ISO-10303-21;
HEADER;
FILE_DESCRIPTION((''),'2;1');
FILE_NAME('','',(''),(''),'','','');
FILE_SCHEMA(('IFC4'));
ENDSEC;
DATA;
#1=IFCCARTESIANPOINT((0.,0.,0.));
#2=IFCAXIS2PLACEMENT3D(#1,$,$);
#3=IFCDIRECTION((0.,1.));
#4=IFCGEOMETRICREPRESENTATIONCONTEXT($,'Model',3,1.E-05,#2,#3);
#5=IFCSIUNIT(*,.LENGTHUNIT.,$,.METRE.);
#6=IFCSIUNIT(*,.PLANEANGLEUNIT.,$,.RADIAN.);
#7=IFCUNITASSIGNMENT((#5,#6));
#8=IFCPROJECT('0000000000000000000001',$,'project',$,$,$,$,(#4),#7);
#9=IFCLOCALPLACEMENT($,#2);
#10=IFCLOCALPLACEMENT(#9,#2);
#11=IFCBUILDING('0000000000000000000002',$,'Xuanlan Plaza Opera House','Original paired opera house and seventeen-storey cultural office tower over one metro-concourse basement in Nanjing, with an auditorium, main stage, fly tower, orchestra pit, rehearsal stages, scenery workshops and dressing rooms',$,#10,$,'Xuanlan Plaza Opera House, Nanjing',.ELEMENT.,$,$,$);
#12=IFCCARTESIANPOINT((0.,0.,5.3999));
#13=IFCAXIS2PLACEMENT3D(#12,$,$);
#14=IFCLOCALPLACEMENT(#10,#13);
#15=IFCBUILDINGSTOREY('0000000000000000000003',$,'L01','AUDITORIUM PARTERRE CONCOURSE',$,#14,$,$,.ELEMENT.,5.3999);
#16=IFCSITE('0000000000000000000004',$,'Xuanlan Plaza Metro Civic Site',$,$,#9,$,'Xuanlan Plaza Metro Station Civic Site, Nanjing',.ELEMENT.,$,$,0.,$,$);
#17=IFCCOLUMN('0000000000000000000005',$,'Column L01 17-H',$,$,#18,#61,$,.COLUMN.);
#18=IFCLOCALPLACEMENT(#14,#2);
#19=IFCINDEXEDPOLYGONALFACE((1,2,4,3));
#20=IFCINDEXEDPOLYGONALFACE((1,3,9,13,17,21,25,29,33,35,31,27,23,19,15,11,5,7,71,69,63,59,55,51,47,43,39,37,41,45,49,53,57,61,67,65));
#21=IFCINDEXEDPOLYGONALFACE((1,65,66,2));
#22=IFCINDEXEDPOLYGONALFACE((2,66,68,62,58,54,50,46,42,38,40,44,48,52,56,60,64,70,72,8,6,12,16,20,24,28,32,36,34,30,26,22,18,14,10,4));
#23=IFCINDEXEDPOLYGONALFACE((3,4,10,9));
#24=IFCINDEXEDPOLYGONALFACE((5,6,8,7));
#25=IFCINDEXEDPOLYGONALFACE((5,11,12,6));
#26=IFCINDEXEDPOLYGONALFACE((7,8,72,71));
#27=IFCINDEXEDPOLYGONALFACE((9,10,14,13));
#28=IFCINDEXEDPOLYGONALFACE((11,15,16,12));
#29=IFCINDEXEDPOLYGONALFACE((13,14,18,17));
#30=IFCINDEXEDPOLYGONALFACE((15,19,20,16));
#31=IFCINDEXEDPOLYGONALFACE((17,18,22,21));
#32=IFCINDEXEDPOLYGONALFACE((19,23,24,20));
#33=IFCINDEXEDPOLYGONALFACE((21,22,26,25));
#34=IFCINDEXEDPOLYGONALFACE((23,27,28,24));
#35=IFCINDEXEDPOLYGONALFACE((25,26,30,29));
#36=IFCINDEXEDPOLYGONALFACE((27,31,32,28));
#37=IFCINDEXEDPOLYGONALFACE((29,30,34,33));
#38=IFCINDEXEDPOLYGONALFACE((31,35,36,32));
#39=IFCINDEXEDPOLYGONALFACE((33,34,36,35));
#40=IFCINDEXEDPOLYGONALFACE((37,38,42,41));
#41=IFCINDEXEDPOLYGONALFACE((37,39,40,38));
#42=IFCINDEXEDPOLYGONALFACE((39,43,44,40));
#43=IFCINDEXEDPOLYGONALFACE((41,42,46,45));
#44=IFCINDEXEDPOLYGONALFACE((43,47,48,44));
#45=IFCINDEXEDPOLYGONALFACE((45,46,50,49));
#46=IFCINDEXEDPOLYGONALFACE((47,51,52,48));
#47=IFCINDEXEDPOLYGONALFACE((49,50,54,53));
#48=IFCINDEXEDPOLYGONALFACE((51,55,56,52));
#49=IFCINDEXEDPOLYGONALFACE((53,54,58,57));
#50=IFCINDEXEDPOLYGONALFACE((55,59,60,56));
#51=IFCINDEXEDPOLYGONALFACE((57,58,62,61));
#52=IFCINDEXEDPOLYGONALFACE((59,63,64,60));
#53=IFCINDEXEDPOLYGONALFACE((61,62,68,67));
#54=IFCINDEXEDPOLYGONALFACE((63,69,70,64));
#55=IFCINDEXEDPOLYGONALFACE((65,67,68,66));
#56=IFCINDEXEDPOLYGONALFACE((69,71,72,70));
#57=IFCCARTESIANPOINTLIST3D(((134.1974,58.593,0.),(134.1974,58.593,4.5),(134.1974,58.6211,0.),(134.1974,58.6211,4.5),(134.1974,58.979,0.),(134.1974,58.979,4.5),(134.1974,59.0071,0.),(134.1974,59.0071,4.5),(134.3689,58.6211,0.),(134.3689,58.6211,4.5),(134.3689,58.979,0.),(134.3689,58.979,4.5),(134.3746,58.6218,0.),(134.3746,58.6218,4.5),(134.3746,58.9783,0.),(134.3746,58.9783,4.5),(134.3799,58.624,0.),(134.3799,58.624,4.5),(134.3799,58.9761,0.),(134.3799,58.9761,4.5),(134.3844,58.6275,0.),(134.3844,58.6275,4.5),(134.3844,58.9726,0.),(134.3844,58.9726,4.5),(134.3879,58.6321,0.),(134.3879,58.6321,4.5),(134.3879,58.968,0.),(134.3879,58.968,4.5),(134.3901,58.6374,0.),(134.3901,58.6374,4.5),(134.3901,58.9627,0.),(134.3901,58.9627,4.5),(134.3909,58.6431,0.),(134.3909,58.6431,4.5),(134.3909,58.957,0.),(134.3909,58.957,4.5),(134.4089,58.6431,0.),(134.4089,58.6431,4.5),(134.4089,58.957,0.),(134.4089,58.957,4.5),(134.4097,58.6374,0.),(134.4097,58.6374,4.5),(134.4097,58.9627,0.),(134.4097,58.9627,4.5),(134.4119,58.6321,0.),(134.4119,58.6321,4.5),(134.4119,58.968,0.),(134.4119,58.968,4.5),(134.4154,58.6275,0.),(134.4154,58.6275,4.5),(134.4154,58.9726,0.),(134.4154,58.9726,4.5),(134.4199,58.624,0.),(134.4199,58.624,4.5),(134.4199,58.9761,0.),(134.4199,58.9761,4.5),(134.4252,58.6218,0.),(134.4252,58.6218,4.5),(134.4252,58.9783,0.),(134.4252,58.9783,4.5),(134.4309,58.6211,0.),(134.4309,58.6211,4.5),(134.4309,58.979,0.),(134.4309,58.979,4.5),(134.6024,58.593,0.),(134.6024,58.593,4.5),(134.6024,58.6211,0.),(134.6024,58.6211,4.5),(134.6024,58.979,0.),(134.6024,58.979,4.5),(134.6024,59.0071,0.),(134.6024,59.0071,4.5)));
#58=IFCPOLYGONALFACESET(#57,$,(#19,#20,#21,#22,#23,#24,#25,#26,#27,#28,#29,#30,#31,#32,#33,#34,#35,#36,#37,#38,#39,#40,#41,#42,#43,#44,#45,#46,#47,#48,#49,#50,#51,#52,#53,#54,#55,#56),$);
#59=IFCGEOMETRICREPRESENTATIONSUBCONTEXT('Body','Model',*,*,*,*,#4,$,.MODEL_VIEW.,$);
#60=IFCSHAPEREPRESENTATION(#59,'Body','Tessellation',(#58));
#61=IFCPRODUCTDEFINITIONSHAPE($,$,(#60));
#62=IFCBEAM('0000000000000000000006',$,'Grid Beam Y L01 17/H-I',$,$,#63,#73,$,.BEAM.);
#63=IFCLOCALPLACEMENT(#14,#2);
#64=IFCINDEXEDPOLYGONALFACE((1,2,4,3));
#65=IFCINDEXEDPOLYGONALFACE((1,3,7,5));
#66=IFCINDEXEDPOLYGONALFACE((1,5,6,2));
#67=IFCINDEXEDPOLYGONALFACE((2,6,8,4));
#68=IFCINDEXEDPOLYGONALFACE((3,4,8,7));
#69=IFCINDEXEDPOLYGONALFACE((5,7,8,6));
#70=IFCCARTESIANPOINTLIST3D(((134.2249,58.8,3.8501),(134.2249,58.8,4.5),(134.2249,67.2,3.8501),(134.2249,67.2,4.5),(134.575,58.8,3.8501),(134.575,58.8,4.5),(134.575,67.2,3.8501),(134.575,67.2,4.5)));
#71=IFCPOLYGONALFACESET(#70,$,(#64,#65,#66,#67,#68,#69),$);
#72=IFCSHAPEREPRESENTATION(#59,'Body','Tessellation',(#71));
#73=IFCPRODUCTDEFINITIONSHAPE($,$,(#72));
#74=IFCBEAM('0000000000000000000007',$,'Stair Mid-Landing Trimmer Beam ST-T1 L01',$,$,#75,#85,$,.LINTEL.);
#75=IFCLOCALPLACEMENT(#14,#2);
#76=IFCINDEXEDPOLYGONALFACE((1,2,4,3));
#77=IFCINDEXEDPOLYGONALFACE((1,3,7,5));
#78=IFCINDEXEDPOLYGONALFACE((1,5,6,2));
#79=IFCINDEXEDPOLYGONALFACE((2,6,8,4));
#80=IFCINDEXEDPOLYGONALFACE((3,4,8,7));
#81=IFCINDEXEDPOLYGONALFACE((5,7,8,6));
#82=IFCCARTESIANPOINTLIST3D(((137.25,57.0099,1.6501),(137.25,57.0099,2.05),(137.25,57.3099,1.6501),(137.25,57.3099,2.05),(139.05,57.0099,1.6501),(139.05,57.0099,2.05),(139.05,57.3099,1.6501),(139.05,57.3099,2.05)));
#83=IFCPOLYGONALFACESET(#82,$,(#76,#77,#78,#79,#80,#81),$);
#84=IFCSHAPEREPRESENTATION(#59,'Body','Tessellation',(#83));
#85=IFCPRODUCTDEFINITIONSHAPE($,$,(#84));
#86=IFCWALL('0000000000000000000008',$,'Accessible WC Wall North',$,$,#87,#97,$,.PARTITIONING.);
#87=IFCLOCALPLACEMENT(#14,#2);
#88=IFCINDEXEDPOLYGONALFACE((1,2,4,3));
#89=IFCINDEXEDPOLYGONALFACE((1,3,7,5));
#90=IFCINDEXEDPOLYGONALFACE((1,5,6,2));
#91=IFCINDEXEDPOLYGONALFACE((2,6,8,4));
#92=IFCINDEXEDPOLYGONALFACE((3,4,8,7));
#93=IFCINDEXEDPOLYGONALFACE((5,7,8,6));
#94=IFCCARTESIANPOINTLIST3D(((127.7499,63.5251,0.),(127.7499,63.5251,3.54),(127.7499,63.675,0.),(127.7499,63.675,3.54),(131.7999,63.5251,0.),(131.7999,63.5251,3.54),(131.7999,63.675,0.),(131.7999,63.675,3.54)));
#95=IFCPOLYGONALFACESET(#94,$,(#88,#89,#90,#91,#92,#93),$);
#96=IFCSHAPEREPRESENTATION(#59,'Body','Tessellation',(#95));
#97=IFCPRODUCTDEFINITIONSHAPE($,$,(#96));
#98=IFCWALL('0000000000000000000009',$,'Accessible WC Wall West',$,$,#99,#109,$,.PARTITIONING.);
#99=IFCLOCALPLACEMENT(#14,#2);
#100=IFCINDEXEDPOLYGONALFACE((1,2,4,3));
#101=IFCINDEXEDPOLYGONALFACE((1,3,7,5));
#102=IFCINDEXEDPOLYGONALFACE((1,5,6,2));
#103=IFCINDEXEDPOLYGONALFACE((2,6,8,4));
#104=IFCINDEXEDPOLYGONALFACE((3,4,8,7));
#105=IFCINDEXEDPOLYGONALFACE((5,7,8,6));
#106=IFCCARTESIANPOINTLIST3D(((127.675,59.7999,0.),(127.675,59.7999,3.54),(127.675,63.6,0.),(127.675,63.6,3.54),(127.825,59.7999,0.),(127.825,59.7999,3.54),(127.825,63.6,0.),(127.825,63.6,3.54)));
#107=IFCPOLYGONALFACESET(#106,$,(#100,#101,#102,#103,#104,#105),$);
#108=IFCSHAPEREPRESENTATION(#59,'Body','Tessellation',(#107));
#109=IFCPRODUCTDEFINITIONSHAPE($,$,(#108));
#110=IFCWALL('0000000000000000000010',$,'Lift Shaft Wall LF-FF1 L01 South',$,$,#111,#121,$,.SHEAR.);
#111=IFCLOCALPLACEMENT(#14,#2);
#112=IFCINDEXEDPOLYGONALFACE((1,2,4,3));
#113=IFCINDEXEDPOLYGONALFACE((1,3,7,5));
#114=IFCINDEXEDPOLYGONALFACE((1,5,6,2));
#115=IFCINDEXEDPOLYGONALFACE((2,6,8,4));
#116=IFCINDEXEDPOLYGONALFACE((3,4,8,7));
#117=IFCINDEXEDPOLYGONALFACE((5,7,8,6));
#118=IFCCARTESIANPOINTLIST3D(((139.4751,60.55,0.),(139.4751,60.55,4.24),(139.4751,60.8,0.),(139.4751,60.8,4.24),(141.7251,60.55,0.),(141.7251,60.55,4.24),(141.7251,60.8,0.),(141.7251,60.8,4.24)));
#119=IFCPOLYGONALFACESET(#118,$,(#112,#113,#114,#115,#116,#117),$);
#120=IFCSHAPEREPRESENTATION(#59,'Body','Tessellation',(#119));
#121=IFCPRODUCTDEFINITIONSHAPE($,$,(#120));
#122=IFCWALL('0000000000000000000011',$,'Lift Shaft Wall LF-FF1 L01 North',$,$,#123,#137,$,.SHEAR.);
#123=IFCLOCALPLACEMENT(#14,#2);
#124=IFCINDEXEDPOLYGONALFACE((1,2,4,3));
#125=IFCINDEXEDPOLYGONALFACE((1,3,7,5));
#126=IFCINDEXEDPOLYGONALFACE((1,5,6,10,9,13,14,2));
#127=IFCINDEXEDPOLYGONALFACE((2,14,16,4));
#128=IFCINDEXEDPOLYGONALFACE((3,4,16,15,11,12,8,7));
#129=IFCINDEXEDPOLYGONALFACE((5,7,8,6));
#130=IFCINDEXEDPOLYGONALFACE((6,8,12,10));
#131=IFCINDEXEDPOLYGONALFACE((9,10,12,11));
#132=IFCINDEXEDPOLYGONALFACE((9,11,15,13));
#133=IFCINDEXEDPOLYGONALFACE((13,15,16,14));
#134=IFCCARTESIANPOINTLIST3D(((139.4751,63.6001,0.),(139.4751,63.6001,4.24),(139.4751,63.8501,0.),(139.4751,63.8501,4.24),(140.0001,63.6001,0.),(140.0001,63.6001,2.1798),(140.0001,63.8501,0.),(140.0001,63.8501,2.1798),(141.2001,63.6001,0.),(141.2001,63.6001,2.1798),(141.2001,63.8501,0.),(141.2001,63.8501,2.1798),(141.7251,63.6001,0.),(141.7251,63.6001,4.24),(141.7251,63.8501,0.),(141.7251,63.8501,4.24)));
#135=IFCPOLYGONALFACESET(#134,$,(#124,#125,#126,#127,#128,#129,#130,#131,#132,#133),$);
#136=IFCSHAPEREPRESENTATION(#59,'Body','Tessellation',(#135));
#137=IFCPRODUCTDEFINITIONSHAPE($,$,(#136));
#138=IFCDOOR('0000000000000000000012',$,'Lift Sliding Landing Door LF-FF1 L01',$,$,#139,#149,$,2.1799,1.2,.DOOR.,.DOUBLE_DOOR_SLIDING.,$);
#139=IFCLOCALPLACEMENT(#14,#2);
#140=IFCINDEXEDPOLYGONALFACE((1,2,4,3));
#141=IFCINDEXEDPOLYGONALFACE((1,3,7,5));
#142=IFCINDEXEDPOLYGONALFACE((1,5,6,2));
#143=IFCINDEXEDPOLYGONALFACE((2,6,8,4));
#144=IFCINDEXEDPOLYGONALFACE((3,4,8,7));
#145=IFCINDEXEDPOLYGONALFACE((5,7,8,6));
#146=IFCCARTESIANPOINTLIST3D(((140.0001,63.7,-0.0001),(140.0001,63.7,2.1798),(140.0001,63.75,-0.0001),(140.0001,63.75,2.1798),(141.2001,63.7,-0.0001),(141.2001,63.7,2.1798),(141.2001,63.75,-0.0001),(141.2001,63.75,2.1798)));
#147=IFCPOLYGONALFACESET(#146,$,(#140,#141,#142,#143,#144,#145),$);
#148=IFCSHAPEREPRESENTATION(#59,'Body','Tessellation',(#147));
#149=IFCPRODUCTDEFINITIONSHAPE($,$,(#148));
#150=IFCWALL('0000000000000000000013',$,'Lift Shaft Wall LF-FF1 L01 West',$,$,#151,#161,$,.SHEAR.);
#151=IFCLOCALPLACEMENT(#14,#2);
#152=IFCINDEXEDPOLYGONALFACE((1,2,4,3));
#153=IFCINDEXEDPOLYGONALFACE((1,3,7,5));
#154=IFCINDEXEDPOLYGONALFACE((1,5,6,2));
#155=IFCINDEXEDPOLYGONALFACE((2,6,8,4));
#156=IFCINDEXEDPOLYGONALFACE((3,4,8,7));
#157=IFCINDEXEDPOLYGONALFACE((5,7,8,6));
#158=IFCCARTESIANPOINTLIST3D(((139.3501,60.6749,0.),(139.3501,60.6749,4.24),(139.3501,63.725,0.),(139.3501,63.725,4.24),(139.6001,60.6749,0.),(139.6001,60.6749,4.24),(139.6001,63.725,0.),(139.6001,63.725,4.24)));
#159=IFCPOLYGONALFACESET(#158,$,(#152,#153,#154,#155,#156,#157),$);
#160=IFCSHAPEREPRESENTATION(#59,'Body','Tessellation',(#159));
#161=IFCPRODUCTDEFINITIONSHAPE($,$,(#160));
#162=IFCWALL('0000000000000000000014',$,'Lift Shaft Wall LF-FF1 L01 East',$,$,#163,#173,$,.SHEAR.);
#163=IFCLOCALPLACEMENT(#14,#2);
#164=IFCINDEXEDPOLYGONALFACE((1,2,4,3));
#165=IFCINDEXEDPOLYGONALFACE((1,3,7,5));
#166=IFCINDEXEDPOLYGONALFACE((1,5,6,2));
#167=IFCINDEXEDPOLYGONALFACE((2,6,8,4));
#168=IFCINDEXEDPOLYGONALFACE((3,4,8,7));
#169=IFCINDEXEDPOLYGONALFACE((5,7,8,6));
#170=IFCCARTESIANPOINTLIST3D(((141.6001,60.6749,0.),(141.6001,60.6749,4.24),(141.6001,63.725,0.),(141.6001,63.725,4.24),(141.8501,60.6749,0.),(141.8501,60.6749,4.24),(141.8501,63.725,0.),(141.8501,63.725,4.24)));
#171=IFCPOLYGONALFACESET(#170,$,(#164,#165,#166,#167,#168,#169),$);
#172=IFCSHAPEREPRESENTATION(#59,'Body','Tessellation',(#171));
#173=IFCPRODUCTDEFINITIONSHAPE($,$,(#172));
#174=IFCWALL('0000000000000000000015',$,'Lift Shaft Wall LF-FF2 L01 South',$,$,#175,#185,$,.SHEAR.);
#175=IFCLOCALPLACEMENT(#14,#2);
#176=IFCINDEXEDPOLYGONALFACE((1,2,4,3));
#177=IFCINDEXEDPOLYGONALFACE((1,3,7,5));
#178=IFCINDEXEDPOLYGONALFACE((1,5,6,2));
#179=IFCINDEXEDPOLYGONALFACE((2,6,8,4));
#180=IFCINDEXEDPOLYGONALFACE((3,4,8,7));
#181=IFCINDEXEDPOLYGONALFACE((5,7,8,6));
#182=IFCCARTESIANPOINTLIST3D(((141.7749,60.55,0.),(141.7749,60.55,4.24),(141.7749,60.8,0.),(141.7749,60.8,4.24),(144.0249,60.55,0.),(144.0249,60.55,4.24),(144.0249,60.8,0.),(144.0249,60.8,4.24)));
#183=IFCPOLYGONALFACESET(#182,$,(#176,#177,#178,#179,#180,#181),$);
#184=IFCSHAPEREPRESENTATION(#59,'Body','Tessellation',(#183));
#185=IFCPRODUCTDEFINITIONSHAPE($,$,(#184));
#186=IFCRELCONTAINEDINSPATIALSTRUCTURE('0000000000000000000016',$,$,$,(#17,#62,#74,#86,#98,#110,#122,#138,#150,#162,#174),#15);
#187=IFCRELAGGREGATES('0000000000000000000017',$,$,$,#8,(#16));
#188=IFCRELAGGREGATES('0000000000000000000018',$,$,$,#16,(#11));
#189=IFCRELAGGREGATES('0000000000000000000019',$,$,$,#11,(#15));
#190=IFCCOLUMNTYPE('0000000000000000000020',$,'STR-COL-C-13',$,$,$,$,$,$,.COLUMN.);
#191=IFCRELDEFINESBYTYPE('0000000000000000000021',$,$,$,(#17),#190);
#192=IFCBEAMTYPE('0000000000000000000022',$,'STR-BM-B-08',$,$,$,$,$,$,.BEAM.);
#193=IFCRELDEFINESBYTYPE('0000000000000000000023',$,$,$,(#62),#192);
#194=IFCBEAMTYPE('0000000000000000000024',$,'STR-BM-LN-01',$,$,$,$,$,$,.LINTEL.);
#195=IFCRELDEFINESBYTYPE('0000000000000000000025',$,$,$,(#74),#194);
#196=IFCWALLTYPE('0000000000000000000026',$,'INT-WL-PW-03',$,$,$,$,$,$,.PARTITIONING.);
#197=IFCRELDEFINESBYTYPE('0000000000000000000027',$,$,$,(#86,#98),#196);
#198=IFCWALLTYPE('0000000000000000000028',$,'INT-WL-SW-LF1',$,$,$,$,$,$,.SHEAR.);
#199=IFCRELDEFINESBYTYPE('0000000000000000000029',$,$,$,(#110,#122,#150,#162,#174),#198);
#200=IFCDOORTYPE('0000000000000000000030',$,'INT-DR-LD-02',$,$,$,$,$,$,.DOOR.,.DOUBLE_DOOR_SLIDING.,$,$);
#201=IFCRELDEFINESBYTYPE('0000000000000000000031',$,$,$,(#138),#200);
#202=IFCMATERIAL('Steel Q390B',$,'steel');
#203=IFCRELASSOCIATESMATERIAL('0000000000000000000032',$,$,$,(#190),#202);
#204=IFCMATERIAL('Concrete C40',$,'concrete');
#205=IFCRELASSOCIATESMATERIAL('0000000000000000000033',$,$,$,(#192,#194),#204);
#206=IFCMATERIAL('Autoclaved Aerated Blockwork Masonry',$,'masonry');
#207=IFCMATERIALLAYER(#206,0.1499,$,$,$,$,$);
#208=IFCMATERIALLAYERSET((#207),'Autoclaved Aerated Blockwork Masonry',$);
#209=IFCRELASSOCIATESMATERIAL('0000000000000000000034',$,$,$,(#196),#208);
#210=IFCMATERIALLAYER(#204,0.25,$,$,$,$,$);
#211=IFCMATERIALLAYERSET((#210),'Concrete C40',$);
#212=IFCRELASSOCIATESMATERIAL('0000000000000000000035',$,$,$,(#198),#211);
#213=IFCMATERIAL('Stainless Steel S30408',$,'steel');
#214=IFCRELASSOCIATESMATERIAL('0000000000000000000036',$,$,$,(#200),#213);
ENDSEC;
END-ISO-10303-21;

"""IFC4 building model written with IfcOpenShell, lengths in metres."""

from ifc_helpers import new_model, si_unit, direction, frame, frame_2d, origin, origin_2d, place, context, subcontext, project, spatial, rectangle, i_section, extrude, material, layer, layer_set, material_profile, profile_set, type_object, element, fill, save


model = new_model("IFC4")

# Units and contexts
model_context = context("Model", 3, precision=1e-05, world=origin(), true_north=direction((0.0, 1.0)))
body_context = subcontext(model_context, "Body", "Model", "MODEL_VIEW")
ifc_project = project(units=[si_unit("LENGTHUNIT", "METRE"), si_unit("PLANEANGLEUNIT", "RADIAN")], contexts=[model_context])

# Site, building, storey
site_placement = place(None, origin())
site = spatial("IfcSite", under=ifc_project, at=site_placement, Name="Xuanlan Plaza Metro Civic Site", LongName="Xuanlan Plaza Metro Station Civic Site, Nanjing", CompositionType="ELEMENT", RefElevation=0.0)
building_placement = place(site_placement, origin())
building = spatial("IfcBuilding", under=site, at=building_placement, Name="Xuanlan Plaza Opera House", Description="Original paired opera house and seventeen-storey cultural office tower over one metro-concourse basement in Nanjing, with an auditorium, main stage, fly tower, orchestra pit, rehearsal stages, scenery workshops and dressing rooms", LongName="Xuanlan Plaza Opera House, Nanjing", CompositionType="ELEMENT")
storey_placement = place(building_placement, frame((0.0, 0.0, 5.3999)))
storey = spatial("IfcBuildingStorey", under=building, at=storey_placement, Name="L01", Description="AUDITORIUM PARTERRE CONCOURSE", CompositionType="ELEMENT", Elevation=5.3999)

# Column
ifc_material_1 = material(Name="Steel Q390B", Category="steel")
ifc_material_profile_1 = material_profile(ifc_material_1, i_section(OverallWidth=0.405, OverallDepth=0.4141, WebThickness=0.0181, FlangeThickness=0.0281, FilletRadius=0.022, at=origin_2d()), Name="HW 414x405x18x28")
ifc_profile_set_1 = profile_set([ifc_material_profile_1], Name="Steel Q390B")
column_type = type_object("IfcColumnType", Name="STR-COL-C-13", PredefinedType="COLUMN", material=ifc_profile_set_1)
column_placement = place(storey_placement, frame((134.3999, 58.8, 0.0), z_axis=(0.0, 0.0, 1.0), x_axis=(1.0, 0.0, 0.0)))
element("IfcColumn", 1, at=column_placement, inside=storey, type_object=column_type, Name="Column L01 17-H", PredefinedType="COLUMN", context=body_context, shape_type="SweptSolid", body=[
    extrude(i_section(OverallWidth=0.405, OverallDepth=0.4141, WebThickness=0.0181, FlangeThickness=0.0281, FilletRadius=0.022, at=origin_2d()), origin(), (0.0, 0.0, 1.0), 4.5),
])

# Beams
ifc_material_2 = material(Name="Concrete C40", Category="concrete")
ifc_material_profile_2 = material_profile(ifc_material_2, rectangle(XDim=0.3501, YDim=0.6499, at=origin_2d()), Name="RC-BM 350x650")
ifc_profile_set_2 = profile_set([ifc_material_profile_2], Name="Concrete C40")
beam_type_1 = type_object("IfcBeamType", Name="STR-BM-B-08", PredefinedType="BEAM", material=ifc_profile_set_2)
beam_1_placement = place(storey_placement, frame((134.3999, 58.8, 4.175), z_axis=(0.0, 1.0, 0.0), x_axis=(-1.0, 0.0, 0.0)))
element("IfcBeam", 2, at=beam_1_placement, inside=storey, type_object=beam_type_1, Name="Grid Beam Y L01 17/H-I", PredefinedType="BEAM", context=body_context, shape_type="SweptSolid", body=[
    extrude(rectangle(XDim=0.3501, YDim=0.6499, at=origin_2d()), origin(), (0.0, 0.0, 1.0), 8.3999),
])
ifc_material_profile_3 = material_profile(ifc_material_2, rectangle(XDim=0.3, YDim=0.3999, at=origin_2d()), Name="RC-LNT 300x400")
ifc_profile_set_3 = profile_set([ifc_material_profile_3], Name="Concrete C40")
beam_type_2 = type_object("IfcBeamType", Name="STR-BM-LN-01", PredefinedType="LINTEL", material=ifc_profile_set_3)
beam_2_placement = place(storey_placement, frame((137.25, 57.1599, 1.8501), z_axis=(1.0, 0.0, 0.0), x_axis=(0.0, 1.0, 0.0)))
element("IfcBeam", 3, at=beam_2_placement, inside=storey, type_object=beam_type_2, Name="Stair Mid-Landing Trimmer Beam ST-T1 L01", PredefinedType="LINTEL", context=body_context, shape_type="SweptSolid", body=[
    extrude(rectangle(XDim=0.3, YDim=0.3999, at=origin_2d()), origin(), (0.0, 0.0, 1.0), 1.8),
])

# Walls
ifc_material_3 = material(Name="Autoclaved Aerated Blockwork Masonry", Category="masonry")
ifc_layer_1 = layer(ifc_material_3, 0.1499)
ifc_layer_set_1 = layer_set([ifc_layer_1], Name="Autoclaved Aerated Blockwork Masonry")
wall_type_1 = type_object("IfcWallType", Name="INT-WL-PW-03", PredefinedType="PARTITIONING", material=ifc_layer_set_1)
wall_1_placement = place(storey_placement, frame((127.75, 63.6001, 0.0), z_axis=(0.0, 0.0, 1.0), x_axis=(1.0, 0.0, 0.0)))
element("IfcWall", 4, at=wall_1_placement, inside=storey, type_object=wall_type_1, Name="Accessible WC Wall North", PredefinedType="PARTITIONING", context=body_context, shape_type="SweptSolid", body=[
    extrude(rectangle(XDim=4.05, YDim=0.1499, at=frame_2d((2.0249, 0.0))), origin(), (0.0, 0.0, 1.0), 3.54),
])
wall_2_placement = place(storey_placement, frame((127.75, 59.8, 0.0), z_axis=(0.0, 0.0, 1.0), x_axis=(0.0, 1.0, 0.0)))
element("IfcWall", 5, at=wall_2_placement, inside=storey, type_object=wall_type_1, Name="Accessible WC Wall West", PredefinedType="PARTITIONING", context=body_context, shape_type="SweptSolid", body=[
    extrude(rectangle(XDim=3.8, YDim=0.1499, at=frame_2d((1.8999, 0.0))), origin(), (0.0, 0.0, 1.0), 3.54),
])

# Wall
ifc_layer_2 = layer(ifc_material_2, 0.25)
ifc_layer_set_2 = layer_set([ifc_layer_2], Name="Concrete C40")
wall_type_2 = type_object("IfcWallType", Name="INT-WL-SW-LF1", PredefinedType="SHEAR", material=ifc_layer_set_2)
wall_3_placement = place(storey_placement, frame((139.4751, 60.675, 0.0), z_axis=(0.0, 0.0, 1.0), x_axis=(1.0, 0.0, 0.0)))
element("IfcWall", 6, at=wall_3_placement, inside=storey, type_object=wall_type_2, Name="Lift Shaft Wall LF-FF1 L01 South", PredefinedType="SHEAR", context=body_context, shape_type="SweptSolid", body=[
    extrude(rectangle(XDim=2.25, YDim=0.25, at=frame_2d((1.125, 0.0))), origin(), (0.0, 0.0, 1.0), 4.24),
])

# Wall, opening, door
wall_4_placement = place(storey_placement, frame((139.4751, 63.7251, 0.0), z_axis=(0.0, 0.0, 1.0), x_axis=(1.0, 0.0, 0.0)))
wall_4 = element("IfcWall", 7, at=wall_4_placement, inside=storey, type_object=wall_type_2, Name="Lift Shaft Wall LF-FF1 L01 North", PredefinedType="SHEAR", context=body_context, shape_type="SweptSolid", body=[
    extrude(rectangle(XDim=2.25, YDim=0.25, at=frame_2d((1.125, 0.0))), origin(), (0.0, 0.0, 1.0), 4.24),
])
opening_1_placement = place(wall_4_placement, frame((0.5249, 0.0, 0.0)))
opening_1 = element("IfcOpeningElement", 8, at=opening_1_placement, cuts=wall_4, PredefinedType="OPENING", context=body_context, shape_type="SweptSolid", body=[
    extrude(rectangle(XDim=1.2, YDim=2.1799, at=frame_2d((0.6001, 1.0898))), frame((0.0, 0.135, 0.0), z_axis=(0.0, -1.0, 0.0), x_axis=(1.0, 0.0, 0.0)), (0.0, 0.0, 1.0), 0.27),
])
ifc_material_4 = material(Name="Stainless Steel S30408", Category="steel")
door_type_1 = type_object("IfcDoorType", Name="INT-DR-LD-02", OperationType="DOUBLE_DOOR_SLIDING", PredefinedType="DOOR", material=ifc_material_4)
door_1_placement = place(opening_1_placement, origin())
door_1 = element("IfcDoor", 9, at=door_1_placement, inside=storey, type_object=door_type_1, Name="Lift Sliding Landing Door LF-FF1 L01", OperationType="DOUBLE_DOOR_SLIDING", OverallHeight=2.1799, OverallWidth=1.2, PredefinedType="DOOR", context=body_context, shape_type="SweptSolid", body=[
    extrude(rectangle(XDim=1.2, YDim=2.1799, at=frame_2d((0.6001, 1.0898))), frame((0.0, 0.0249, 0.0), z_axis=(0.0, -1.0, 0.0), x_axis=(1.0, 0.0, 0.0)), (0.0, 0.0, 1.0), 0.05),
])
fill(opening_1, door_1)

# Walls
for number, where, z_axis, x_axis, name in (
    (10, (139.4751, 60.675, 0.0), (0.0, 0.0, 1.0), (0.0, 1.0, 0.0), "Lift Shaft Wall LF-FF1 L01 West"),
    (11, (141.7251, 60.675, 0.0), (0.0, 0.0, 1.0), (0.0, 1.0, 0.0), "Lift Shaft Wall LF-FF1 L01 East"),
):
    element("IfcWall", number, at=place(storey_placement, frame(where, z_axis=z_axis, x_axis=x_axis)), inside=storey, type_object=wall_type_2, Name=name, PredefinedType="SHEAR", context=body_context, shape_type="SweptSolid", body=[
        extrude(rectangle(XDim=3.05, YDim=0.25, at=frame_2d((1.5249, 0.0))), origin(), (0.0, 0.0, 1.0), 4.24),
    ])
wall_5_placement = place(storey_placement, frame((141.7749, 60.675, 0.0), z_axis=(0.0, 0.0, 1.0), x_axis=(1.0, 0.0, 0.0)))
element("IfcWall", 12, at=wall_5_placement, inside=storey, type_object=wall_type_2, Name="Lift Shaft Wall LF-FF2 L01 South", PredefinedType="SHEAR", context=body_context, shape_type="SweptSolid", body=[
    extrude(rectangle(XDim=2.25, YDim=0.25, at=frame_2d((1.125, 0.0))), origin(), (0.0, 0.0, 1.0), 4.24),
])

save(model, "model.ifc")
